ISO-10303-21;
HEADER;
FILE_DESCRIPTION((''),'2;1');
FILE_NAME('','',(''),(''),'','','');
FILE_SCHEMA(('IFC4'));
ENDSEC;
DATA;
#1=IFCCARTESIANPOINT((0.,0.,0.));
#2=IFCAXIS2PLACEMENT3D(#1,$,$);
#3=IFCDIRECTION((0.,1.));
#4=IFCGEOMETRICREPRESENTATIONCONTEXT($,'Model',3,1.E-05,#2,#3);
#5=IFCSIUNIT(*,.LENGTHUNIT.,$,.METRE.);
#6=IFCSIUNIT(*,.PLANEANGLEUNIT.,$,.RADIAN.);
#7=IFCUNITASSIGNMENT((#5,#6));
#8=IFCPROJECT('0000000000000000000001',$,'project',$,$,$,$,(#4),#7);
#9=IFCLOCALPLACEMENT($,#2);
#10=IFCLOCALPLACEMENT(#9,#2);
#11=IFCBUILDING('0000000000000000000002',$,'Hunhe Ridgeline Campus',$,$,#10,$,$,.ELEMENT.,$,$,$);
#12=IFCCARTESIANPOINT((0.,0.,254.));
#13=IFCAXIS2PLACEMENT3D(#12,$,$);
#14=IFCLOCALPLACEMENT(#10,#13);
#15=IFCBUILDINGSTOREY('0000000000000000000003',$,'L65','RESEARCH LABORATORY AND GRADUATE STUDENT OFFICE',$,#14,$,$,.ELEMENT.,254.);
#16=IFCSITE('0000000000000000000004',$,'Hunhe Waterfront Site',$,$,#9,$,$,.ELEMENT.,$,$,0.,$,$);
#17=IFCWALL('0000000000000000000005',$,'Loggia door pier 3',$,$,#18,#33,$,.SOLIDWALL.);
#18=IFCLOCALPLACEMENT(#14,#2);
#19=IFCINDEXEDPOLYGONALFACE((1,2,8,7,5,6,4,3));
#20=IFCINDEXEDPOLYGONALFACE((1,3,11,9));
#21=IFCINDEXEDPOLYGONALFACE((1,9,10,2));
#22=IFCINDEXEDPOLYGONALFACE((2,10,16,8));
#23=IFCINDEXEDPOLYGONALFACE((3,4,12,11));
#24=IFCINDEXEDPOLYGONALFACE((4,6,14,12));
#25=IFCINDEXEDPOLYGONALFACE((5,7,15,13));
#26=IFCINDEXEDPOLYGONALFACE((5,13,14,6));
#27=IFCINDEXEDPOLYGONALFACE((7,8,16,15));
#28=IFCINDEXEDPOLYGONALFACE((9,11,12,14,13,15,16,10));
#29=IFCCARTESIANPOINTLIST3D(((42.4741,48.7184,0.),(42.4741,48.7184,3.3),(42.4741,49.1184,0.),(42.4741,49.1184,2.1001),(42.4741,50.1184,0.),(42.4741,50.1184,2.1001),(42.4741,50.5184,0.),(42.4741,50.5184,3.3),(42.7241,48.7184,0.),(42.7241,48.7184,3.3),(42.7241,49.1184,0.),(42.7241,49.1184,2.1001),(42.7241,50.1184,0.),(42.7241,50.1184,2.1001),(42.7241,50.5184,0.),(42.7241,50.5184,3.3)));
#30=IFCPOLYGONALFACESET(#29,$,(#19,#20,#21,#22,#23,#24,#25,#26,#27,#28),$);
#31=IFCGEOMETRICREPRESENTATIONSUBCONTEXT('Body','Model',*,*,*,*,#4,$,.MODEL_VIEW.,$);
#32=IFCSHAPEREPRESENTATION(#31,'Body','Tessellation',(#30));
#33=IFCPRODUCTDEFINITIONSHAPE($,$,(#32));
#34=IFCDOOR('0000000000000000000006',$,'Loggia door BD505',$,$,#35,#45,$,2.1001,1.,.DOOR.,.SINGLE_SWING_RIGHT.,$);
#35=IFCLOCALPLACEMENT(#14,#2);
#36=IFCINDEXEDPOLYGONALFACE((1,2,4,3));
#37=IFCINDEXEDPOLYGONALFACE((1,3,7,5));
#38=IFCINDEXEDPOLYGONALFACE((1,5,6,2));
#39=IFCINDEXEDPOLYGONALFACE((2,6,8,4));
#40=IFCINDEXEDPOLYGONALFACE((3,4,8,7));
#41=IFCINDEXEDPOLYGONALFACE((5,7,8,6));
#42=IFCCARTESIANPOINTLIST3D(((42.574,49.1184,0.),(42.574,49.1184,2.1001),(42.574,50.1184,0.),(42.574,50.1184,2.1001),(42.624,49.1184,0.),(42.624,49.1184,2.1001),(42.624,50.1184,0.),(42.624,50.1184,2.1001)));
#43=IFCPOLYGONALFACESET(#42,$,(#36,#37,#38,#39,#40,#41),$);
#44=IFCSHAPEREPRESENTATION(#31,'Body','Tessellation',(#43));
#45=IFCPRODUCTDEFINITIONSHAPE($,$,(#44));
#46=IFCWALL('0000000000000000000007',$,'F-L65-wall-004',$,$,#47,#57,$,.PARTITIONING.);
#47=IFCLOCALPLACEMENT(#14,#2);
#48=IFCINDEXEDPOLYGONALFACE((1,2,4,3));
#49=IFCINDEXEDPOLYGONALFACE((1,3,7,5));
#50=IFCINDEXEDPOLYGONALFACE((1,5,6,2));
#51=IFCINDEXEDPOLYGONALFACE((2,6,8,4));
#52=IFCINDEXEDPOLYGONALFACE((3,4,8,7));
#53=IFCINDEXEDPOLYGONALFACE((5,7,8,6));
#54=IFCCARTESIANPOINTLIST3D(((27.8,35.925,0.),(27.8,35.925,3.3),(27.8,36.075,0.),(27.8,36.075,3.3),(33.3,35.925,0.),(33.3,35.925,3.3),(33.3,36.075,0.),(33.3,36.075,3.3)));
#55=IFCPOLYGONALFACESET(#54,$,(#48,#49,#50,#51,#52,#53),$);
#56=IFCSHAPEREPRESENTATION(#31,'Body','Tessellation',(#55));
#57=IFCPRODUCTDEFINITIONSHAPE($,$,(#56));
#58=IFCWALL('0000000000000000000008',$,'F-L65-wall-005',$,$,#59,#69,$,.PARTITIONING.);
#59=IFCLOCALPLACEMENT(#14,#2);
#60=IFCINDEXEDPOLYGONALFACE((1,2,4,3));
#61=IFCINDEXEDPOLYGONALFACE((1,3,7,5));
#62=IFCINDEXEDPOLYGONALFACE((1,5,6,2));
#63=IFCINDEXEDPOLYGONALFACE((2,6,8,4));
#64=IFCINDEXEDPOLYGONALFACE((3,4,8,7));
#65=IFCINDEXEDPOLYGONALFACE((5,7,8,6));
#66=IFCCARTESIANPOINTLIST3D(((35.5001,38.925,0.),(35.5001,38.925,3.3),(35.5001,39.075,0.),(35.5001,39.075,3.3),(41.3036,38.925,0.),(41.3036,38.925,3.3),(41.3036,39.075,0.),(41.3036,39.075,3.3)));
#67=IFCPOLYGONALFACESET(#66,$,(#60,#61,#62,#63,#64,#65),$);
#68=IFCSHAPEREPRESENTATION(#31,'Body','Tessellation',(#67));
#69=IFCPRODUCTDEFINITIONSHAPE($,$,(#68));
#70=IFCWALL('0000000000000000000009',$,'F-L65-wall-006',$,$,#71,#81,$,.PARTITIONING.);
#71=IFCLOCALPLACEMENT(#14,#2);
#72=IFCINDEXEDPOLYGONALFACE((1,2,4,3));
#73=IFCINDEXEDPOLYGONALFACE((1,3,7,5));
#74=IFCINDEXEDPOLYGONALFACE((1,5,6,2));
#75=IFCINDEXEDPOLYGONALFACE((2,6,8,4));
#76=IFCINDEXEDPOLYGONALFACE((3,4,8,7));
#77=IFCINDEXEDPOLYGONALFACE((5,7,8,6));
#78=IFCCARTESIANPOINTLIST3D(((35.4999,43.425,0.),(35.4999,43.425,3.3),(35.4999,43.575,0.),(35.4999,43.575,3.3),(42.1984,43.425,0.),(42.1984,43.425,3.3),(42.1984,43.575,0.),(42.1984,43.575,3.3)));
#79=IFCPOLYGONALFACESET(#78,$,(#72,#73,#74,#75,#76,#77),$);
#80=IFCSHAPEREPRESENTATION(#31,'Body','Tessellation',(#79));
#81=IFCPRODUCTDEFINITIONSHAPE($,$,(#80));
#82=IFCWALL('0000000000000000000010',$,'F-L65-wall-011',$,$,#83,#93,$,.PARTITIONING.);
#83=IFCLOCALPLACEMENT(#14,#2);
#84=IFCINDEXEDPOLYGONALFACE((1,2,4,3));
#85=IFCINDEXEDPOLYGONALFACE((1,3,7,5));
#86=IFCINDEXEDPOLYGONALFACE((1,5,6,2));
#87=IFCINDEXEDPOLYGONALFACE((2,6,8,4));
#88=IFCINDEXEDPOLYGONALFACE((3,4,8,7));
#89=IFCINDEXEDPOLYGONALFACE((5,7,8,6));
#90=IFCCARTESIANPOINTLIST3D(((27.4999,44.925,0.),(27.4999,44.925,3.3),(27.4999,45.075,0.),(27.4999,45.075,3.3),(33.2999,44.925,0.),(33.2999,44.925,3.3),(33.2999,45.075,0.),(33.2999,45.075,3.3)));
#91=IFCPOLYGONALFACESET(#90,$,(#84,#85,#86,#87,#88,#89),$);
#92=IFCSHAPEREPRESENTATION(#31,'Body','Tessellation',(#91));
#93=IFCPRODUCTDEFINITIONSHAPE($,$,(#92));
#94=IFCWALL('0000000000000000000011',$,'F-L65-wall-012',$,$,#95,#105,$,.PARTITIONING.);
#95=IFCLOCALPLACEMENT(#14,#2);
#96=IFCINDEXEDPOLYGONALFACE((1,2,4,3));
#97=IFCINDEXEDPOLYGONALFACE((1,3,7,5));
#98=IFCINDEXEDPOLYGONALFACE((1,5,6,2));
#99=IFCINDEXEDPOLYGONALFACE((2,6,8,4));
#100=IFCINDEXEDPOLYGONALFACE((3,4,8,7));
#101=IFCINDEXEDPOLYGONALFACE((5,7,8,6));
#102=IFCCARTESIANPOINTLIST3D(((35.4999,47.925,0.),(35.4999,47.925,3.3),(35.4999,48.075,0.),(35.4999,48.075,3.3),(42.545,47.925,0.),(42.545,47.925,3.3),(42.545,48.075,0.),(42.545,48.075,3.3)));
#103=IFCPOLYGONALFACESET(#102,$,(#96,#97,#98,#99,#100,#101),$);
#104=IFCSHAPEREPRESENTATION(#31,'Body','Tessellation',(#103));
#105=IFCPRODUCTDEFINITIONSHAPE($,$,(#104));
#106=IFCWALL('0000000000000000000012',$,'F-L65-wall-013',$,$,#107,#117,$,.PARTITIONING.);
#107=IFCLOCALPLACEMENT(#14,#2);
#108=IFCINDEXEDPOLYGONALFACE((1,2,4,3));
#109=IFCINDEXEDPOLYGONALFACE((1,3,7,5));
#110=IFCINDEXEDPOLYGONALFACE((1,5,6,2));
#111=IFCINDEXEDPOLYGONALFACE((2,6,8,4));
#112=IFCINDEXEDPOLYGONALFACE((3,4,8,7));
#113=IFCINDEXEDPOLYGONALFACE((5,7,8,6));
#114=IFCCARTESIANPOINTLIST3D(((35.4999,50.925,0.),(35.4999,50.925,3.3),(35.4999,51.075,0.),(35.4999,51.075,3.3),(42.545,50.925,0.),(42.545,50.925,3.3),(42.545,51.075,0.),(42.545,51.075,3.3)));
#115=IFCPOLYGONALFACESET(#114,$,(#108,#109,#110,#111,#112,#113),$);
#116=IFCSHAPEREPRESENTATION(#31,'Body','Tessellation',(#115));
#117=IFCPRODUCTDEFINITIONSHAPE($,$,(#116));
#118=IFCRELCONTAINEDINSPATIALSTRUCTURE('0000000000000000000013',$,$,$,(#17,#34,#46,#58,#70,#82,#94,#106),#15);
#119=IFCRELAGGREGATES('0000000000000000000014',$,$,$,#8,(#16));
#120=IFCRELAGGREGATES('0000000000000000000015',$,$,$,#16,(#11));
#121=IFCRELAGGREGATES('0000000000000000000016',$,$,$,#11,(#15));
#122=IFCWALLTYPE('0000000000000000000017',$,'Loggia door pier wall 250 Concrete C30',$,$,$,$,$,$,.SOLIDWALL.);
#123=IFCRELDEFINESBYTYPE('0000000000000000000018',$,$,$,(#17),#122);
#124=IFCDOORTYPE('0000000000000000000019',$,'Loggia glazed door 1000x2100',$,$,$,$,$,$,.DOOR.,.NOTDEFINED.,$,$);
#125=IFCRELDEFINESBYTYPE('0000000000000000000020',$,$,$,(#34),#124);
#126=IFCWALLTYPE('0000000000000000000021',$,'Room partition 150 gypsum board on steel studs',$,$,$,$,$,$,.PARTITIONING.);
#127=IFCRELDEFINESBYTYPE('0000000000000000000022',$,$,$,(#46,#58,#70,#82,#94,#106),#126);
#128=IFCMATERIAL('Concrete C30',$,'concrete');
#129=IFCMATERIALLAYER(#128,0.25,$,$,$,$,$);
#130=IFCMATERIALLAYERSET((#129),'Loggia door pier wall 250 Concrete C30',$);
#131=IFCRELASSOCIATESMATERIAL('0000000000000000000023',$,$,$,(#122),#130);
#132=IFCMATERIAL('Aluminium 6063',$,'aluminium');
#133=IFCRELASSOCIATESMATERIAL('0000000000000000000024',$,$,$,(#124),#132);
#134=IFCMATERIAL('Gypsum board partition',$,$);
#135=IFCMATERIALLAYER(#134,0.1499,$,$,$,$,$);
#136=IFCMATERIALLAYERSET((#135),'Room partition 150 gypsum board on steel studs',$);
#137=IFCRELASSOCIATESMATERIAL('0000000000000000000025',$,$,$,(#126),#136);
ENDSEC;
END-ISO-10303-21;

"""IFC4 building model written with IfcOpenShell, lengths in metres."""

from ifc_helpers import new_model, si_unit, direction, frame, frame_2d, origin, place, context, subcontext, project, spatial, rectangle, extrude, material, layer, layer_set, type_object, element, fill, save


model = new_model("IFC4")

# Units and contexts
model_context = context("Model", 3, precision=1e-05, world=origin(), true_north=direction((0.0, 1.0)))
body_context = subcontext(model_context, "Body", "Model", "MODEL_VIEW")
ifc_project = project(units=[si_unit("LENGTHUNIT", "METRE"), si_unit("PLANEANGLEUNIT", "RADIAN")], contexts=[model_context])

# Site, building, storey
site_placement = place(None, origin())
site = spatial("IfcSite", under=ifc_project, at=site_placement, Name="Hunhe Waterfront Site", CompositionType="ELEMENT", RefElevation=0.0)
building_placement = place(site_placement, origin())
building = spatial("IfcBuilding", under=site, at=building_placement, Name="Hunhe Ridgeline Campus", CompositionType="ELEMENT")
storey_placement = place(building_placement, frame((0.0, 0.0, 254.0)))
storey = spatial("IfcBuildingStorey", under=building, at=storey_placement, Name="L65", Description="RESEARCH LABORATORY AND GRADUATE STUDENT OFFICE", CompositionType="ELEMENT", Elevation=254.0)

# Shared definitions
ifc_material_1 = material(Name="Aluminium 6063", Category="aluminium")

# Wall, opening, door
ifc_material_2 = material(Name="Concrete C30", Category="concrete")
ifc_layer_1 = layer(ifc_material_2, 0.25)
ifc_layer_set_1 = layer_set([ifc_layer_1], Name="Loggia door pier wall 250 Concrete C30")
wall_type_1 = type_object("IfcWallType", Name="Loggia door pier wall 250 Concrete C30", PredefinedType="SOLIDWALL", material=ifc_layer_set_1)
wall_1_placement = place(storey_placement, frame((42.5991, 48.7185, 0.0), z_axis=(0.0, 0.0, 1.0), x_axis=(0.0, 1.0, 0.0)))
wall_1 = element("IfcWall", 1, at=wall_1_placement, inside=storey, type_object=wall_type_1, Name="Loggia door pier 3", PredefinedType="SOLIDWALL", context=body_context, shape_type="SweptSolid", body=[
    extrude(rectangle(XDim=1.8, YDim=0.25, at=frame_2d((0.8999, 0.0))), origin(), (0.0, 0.0, 1.0), 3.3),
])
opening_placement = place(wall_1_placement, frame((0.3999, 0.0, 0.0)))
opening = element("IfcOpeningElement", 2, at=opening_placement, cuts=wall_1, PredefinedType="OPENING", context=body_context, shape_type="SweptSolid", body=[
    extrude(rectangle(XDim=1.0, YDim=2.1001, at=frame_2d((0.5, 1.05))), frame((0.0, 0.125, 0.0), z_axis=(0.0, -1.0, 0.0), x_axis=(1.0, 0.0, 0.0)), (0.0, 0.0, 1.0), 0.25),
])
door_type = type_object("IfcDoorType", Name="Loggia glazed door 1000x2100", OperationType="NOTDEFINED", PredefinedType="DOOR", material=ifc_material_1)
door_placement = place(opening_placement, frame((1.0, 0.0, 0.0), z_axis=(0.0, 0.0, 1.0), x_axis=(-1.0, 0.0, 0.0)))
door = element("IfcDoor", 3, at=door_placement, inside=storey, type_object=door_type, Name="Loggia door BD505", OperationType="SINGLE_SWING_RIGHT", OverallHeight=2.1001, OverallWidth=1.0, PredefinedType="DOOR", context=body_context, shape_type="SweptSolid", body=[
    extrude(rectangle(XDim=1.0, YDim=2.1001, at=frame_2d((0.5, 1.05))), frame((0.0, 0.0249, 0.0), z_axis=(0.0, -1.0, 0.0), x_axis=(1.0, 0.0, 0.0)), (0.0, 0.0, 1.0), 0.05),
])
fill(opening, door)

# Walls
ifc_material_3 = material(Name="Gypsum board partition")
ifc_layer_2 = layer(ifc_material_3, 0.1499)
ifc_layer_set_2 = layer_set([ifc_layer_2], Name="Room partition 150 gypsum board on steel studs")
wall_type_2 = type_object("IfcWallType", Name="Room partition 150 gypsum board on steel studs", PredefinedType="PARTITIONING", material=ifc_layer_set_2)
wall_2_placement = place(storey_placement, frame((27.8, 36.0, 0.0), z_axis=(0.0, 0.0, 1.0), x_axis=(1.0, 0.0, 0.0)))
element("IfcWall", 4, at=wall_2_placement, inside=storey, type_object=wall_type_2, Name="F-L65-wall-004", PredefinedType="PARTITIONING", context=body_context, shape_type="SweptSolid", body=[
    extrude(rectangle(XDim=5.5, YDim=0.1499, at=frame_2d((2.75, 0.0))), origin(), (0.0, 0.0, 1.0), 3.3),
])
wall_3_placement = place(storey_placement, frame((35.5, 39.0, 0.0), z_axis=(0.0, 0.0, 1.0), x_axis=(1.0, 0.0, 0.0)))
element("IfcWall", 5, at=wall_3_placement, inside=storey, type_object=wall_type_2, Name="F-L65-wall-005", PredefinedType="PARTITIONING", context=body_context, shape_type="SweptSolid", body=[
    extrude(rectangle(XDim=5.8035, YDim=0.1499, at=frame_2d((2.9019, 0.0))), origin(), (0.0, 0.0, 1.0), 3.3),
])
wall_4_placement = place(storey_placement, frame((35.5, 43.5, 0.0), z_axis=(0.0, 0.0, 1.0), x_axis=(1.0, 0.0, 0.0)))
element("IfcWall", 6, at=wall_4_placement, inside=storey, type_object=wall_type_2, Name="F-L65-wall-006", PredefinedType="PARTITIONING", context=body_context, shape_type="SweptSolid", body=[
    extrude(rectangle(XDim=6.6985, YDim=0.1499, at=frame_2d((3.3491, 0.0))), origin(), (0.0, 0.0, 1.0), 3.3),
])
wall_5_placement = place(storey_placement, frame((27.5, 45.0, 0.0), z_axis=(0.0, 0.0, 1.0), x_axis=(1.0, 0.0, 0.0)))
element("IfcWall", 7, at=wall_5_placement, inside=storey, type_object=wall_type_2, Name="F-L65-wall-011", PredefinedType="PARTITIONING", context=body_context, shape_type="SweptSolid", body=[
    extrude(rectangle(XDim=5.8, YDim=0.1499, at=frame_2d((2.8999, 0.0))), origin(), (0.0, 0.0, 1.0), 3.3),
])
for number, where, z_axis, x_axis, name in (
    (8, (35.5, 48.0, 0.0), (0.0, 0.0, 1.0), (1.0, 0.0, 0.0), "F-L65-wall-012"),
    (9, (35.5, 51.0, 0.0), (0.0, 0.0, 1.0), (1.0, 0.0, 0.0), "F-L65-wall-013"),
):
    element("IfcWall", number, at=place(storey_placement, frame(where, z_axis=z_axis, x_axis=x_axis)), inside=storey, type_object=wall_type_2, Name=name, PredefinedType="PARTITIONING", context=body_context, shape_type="SweptSolid", body=[
        extrude(rectangle(XDim=7.0452, YDim=0.1499, at=frame_2d((3.5225, 0.0))), origin(), (0.0, 0.0, 1.0), 3.3),
    ])

save(model, "model.ifc")
